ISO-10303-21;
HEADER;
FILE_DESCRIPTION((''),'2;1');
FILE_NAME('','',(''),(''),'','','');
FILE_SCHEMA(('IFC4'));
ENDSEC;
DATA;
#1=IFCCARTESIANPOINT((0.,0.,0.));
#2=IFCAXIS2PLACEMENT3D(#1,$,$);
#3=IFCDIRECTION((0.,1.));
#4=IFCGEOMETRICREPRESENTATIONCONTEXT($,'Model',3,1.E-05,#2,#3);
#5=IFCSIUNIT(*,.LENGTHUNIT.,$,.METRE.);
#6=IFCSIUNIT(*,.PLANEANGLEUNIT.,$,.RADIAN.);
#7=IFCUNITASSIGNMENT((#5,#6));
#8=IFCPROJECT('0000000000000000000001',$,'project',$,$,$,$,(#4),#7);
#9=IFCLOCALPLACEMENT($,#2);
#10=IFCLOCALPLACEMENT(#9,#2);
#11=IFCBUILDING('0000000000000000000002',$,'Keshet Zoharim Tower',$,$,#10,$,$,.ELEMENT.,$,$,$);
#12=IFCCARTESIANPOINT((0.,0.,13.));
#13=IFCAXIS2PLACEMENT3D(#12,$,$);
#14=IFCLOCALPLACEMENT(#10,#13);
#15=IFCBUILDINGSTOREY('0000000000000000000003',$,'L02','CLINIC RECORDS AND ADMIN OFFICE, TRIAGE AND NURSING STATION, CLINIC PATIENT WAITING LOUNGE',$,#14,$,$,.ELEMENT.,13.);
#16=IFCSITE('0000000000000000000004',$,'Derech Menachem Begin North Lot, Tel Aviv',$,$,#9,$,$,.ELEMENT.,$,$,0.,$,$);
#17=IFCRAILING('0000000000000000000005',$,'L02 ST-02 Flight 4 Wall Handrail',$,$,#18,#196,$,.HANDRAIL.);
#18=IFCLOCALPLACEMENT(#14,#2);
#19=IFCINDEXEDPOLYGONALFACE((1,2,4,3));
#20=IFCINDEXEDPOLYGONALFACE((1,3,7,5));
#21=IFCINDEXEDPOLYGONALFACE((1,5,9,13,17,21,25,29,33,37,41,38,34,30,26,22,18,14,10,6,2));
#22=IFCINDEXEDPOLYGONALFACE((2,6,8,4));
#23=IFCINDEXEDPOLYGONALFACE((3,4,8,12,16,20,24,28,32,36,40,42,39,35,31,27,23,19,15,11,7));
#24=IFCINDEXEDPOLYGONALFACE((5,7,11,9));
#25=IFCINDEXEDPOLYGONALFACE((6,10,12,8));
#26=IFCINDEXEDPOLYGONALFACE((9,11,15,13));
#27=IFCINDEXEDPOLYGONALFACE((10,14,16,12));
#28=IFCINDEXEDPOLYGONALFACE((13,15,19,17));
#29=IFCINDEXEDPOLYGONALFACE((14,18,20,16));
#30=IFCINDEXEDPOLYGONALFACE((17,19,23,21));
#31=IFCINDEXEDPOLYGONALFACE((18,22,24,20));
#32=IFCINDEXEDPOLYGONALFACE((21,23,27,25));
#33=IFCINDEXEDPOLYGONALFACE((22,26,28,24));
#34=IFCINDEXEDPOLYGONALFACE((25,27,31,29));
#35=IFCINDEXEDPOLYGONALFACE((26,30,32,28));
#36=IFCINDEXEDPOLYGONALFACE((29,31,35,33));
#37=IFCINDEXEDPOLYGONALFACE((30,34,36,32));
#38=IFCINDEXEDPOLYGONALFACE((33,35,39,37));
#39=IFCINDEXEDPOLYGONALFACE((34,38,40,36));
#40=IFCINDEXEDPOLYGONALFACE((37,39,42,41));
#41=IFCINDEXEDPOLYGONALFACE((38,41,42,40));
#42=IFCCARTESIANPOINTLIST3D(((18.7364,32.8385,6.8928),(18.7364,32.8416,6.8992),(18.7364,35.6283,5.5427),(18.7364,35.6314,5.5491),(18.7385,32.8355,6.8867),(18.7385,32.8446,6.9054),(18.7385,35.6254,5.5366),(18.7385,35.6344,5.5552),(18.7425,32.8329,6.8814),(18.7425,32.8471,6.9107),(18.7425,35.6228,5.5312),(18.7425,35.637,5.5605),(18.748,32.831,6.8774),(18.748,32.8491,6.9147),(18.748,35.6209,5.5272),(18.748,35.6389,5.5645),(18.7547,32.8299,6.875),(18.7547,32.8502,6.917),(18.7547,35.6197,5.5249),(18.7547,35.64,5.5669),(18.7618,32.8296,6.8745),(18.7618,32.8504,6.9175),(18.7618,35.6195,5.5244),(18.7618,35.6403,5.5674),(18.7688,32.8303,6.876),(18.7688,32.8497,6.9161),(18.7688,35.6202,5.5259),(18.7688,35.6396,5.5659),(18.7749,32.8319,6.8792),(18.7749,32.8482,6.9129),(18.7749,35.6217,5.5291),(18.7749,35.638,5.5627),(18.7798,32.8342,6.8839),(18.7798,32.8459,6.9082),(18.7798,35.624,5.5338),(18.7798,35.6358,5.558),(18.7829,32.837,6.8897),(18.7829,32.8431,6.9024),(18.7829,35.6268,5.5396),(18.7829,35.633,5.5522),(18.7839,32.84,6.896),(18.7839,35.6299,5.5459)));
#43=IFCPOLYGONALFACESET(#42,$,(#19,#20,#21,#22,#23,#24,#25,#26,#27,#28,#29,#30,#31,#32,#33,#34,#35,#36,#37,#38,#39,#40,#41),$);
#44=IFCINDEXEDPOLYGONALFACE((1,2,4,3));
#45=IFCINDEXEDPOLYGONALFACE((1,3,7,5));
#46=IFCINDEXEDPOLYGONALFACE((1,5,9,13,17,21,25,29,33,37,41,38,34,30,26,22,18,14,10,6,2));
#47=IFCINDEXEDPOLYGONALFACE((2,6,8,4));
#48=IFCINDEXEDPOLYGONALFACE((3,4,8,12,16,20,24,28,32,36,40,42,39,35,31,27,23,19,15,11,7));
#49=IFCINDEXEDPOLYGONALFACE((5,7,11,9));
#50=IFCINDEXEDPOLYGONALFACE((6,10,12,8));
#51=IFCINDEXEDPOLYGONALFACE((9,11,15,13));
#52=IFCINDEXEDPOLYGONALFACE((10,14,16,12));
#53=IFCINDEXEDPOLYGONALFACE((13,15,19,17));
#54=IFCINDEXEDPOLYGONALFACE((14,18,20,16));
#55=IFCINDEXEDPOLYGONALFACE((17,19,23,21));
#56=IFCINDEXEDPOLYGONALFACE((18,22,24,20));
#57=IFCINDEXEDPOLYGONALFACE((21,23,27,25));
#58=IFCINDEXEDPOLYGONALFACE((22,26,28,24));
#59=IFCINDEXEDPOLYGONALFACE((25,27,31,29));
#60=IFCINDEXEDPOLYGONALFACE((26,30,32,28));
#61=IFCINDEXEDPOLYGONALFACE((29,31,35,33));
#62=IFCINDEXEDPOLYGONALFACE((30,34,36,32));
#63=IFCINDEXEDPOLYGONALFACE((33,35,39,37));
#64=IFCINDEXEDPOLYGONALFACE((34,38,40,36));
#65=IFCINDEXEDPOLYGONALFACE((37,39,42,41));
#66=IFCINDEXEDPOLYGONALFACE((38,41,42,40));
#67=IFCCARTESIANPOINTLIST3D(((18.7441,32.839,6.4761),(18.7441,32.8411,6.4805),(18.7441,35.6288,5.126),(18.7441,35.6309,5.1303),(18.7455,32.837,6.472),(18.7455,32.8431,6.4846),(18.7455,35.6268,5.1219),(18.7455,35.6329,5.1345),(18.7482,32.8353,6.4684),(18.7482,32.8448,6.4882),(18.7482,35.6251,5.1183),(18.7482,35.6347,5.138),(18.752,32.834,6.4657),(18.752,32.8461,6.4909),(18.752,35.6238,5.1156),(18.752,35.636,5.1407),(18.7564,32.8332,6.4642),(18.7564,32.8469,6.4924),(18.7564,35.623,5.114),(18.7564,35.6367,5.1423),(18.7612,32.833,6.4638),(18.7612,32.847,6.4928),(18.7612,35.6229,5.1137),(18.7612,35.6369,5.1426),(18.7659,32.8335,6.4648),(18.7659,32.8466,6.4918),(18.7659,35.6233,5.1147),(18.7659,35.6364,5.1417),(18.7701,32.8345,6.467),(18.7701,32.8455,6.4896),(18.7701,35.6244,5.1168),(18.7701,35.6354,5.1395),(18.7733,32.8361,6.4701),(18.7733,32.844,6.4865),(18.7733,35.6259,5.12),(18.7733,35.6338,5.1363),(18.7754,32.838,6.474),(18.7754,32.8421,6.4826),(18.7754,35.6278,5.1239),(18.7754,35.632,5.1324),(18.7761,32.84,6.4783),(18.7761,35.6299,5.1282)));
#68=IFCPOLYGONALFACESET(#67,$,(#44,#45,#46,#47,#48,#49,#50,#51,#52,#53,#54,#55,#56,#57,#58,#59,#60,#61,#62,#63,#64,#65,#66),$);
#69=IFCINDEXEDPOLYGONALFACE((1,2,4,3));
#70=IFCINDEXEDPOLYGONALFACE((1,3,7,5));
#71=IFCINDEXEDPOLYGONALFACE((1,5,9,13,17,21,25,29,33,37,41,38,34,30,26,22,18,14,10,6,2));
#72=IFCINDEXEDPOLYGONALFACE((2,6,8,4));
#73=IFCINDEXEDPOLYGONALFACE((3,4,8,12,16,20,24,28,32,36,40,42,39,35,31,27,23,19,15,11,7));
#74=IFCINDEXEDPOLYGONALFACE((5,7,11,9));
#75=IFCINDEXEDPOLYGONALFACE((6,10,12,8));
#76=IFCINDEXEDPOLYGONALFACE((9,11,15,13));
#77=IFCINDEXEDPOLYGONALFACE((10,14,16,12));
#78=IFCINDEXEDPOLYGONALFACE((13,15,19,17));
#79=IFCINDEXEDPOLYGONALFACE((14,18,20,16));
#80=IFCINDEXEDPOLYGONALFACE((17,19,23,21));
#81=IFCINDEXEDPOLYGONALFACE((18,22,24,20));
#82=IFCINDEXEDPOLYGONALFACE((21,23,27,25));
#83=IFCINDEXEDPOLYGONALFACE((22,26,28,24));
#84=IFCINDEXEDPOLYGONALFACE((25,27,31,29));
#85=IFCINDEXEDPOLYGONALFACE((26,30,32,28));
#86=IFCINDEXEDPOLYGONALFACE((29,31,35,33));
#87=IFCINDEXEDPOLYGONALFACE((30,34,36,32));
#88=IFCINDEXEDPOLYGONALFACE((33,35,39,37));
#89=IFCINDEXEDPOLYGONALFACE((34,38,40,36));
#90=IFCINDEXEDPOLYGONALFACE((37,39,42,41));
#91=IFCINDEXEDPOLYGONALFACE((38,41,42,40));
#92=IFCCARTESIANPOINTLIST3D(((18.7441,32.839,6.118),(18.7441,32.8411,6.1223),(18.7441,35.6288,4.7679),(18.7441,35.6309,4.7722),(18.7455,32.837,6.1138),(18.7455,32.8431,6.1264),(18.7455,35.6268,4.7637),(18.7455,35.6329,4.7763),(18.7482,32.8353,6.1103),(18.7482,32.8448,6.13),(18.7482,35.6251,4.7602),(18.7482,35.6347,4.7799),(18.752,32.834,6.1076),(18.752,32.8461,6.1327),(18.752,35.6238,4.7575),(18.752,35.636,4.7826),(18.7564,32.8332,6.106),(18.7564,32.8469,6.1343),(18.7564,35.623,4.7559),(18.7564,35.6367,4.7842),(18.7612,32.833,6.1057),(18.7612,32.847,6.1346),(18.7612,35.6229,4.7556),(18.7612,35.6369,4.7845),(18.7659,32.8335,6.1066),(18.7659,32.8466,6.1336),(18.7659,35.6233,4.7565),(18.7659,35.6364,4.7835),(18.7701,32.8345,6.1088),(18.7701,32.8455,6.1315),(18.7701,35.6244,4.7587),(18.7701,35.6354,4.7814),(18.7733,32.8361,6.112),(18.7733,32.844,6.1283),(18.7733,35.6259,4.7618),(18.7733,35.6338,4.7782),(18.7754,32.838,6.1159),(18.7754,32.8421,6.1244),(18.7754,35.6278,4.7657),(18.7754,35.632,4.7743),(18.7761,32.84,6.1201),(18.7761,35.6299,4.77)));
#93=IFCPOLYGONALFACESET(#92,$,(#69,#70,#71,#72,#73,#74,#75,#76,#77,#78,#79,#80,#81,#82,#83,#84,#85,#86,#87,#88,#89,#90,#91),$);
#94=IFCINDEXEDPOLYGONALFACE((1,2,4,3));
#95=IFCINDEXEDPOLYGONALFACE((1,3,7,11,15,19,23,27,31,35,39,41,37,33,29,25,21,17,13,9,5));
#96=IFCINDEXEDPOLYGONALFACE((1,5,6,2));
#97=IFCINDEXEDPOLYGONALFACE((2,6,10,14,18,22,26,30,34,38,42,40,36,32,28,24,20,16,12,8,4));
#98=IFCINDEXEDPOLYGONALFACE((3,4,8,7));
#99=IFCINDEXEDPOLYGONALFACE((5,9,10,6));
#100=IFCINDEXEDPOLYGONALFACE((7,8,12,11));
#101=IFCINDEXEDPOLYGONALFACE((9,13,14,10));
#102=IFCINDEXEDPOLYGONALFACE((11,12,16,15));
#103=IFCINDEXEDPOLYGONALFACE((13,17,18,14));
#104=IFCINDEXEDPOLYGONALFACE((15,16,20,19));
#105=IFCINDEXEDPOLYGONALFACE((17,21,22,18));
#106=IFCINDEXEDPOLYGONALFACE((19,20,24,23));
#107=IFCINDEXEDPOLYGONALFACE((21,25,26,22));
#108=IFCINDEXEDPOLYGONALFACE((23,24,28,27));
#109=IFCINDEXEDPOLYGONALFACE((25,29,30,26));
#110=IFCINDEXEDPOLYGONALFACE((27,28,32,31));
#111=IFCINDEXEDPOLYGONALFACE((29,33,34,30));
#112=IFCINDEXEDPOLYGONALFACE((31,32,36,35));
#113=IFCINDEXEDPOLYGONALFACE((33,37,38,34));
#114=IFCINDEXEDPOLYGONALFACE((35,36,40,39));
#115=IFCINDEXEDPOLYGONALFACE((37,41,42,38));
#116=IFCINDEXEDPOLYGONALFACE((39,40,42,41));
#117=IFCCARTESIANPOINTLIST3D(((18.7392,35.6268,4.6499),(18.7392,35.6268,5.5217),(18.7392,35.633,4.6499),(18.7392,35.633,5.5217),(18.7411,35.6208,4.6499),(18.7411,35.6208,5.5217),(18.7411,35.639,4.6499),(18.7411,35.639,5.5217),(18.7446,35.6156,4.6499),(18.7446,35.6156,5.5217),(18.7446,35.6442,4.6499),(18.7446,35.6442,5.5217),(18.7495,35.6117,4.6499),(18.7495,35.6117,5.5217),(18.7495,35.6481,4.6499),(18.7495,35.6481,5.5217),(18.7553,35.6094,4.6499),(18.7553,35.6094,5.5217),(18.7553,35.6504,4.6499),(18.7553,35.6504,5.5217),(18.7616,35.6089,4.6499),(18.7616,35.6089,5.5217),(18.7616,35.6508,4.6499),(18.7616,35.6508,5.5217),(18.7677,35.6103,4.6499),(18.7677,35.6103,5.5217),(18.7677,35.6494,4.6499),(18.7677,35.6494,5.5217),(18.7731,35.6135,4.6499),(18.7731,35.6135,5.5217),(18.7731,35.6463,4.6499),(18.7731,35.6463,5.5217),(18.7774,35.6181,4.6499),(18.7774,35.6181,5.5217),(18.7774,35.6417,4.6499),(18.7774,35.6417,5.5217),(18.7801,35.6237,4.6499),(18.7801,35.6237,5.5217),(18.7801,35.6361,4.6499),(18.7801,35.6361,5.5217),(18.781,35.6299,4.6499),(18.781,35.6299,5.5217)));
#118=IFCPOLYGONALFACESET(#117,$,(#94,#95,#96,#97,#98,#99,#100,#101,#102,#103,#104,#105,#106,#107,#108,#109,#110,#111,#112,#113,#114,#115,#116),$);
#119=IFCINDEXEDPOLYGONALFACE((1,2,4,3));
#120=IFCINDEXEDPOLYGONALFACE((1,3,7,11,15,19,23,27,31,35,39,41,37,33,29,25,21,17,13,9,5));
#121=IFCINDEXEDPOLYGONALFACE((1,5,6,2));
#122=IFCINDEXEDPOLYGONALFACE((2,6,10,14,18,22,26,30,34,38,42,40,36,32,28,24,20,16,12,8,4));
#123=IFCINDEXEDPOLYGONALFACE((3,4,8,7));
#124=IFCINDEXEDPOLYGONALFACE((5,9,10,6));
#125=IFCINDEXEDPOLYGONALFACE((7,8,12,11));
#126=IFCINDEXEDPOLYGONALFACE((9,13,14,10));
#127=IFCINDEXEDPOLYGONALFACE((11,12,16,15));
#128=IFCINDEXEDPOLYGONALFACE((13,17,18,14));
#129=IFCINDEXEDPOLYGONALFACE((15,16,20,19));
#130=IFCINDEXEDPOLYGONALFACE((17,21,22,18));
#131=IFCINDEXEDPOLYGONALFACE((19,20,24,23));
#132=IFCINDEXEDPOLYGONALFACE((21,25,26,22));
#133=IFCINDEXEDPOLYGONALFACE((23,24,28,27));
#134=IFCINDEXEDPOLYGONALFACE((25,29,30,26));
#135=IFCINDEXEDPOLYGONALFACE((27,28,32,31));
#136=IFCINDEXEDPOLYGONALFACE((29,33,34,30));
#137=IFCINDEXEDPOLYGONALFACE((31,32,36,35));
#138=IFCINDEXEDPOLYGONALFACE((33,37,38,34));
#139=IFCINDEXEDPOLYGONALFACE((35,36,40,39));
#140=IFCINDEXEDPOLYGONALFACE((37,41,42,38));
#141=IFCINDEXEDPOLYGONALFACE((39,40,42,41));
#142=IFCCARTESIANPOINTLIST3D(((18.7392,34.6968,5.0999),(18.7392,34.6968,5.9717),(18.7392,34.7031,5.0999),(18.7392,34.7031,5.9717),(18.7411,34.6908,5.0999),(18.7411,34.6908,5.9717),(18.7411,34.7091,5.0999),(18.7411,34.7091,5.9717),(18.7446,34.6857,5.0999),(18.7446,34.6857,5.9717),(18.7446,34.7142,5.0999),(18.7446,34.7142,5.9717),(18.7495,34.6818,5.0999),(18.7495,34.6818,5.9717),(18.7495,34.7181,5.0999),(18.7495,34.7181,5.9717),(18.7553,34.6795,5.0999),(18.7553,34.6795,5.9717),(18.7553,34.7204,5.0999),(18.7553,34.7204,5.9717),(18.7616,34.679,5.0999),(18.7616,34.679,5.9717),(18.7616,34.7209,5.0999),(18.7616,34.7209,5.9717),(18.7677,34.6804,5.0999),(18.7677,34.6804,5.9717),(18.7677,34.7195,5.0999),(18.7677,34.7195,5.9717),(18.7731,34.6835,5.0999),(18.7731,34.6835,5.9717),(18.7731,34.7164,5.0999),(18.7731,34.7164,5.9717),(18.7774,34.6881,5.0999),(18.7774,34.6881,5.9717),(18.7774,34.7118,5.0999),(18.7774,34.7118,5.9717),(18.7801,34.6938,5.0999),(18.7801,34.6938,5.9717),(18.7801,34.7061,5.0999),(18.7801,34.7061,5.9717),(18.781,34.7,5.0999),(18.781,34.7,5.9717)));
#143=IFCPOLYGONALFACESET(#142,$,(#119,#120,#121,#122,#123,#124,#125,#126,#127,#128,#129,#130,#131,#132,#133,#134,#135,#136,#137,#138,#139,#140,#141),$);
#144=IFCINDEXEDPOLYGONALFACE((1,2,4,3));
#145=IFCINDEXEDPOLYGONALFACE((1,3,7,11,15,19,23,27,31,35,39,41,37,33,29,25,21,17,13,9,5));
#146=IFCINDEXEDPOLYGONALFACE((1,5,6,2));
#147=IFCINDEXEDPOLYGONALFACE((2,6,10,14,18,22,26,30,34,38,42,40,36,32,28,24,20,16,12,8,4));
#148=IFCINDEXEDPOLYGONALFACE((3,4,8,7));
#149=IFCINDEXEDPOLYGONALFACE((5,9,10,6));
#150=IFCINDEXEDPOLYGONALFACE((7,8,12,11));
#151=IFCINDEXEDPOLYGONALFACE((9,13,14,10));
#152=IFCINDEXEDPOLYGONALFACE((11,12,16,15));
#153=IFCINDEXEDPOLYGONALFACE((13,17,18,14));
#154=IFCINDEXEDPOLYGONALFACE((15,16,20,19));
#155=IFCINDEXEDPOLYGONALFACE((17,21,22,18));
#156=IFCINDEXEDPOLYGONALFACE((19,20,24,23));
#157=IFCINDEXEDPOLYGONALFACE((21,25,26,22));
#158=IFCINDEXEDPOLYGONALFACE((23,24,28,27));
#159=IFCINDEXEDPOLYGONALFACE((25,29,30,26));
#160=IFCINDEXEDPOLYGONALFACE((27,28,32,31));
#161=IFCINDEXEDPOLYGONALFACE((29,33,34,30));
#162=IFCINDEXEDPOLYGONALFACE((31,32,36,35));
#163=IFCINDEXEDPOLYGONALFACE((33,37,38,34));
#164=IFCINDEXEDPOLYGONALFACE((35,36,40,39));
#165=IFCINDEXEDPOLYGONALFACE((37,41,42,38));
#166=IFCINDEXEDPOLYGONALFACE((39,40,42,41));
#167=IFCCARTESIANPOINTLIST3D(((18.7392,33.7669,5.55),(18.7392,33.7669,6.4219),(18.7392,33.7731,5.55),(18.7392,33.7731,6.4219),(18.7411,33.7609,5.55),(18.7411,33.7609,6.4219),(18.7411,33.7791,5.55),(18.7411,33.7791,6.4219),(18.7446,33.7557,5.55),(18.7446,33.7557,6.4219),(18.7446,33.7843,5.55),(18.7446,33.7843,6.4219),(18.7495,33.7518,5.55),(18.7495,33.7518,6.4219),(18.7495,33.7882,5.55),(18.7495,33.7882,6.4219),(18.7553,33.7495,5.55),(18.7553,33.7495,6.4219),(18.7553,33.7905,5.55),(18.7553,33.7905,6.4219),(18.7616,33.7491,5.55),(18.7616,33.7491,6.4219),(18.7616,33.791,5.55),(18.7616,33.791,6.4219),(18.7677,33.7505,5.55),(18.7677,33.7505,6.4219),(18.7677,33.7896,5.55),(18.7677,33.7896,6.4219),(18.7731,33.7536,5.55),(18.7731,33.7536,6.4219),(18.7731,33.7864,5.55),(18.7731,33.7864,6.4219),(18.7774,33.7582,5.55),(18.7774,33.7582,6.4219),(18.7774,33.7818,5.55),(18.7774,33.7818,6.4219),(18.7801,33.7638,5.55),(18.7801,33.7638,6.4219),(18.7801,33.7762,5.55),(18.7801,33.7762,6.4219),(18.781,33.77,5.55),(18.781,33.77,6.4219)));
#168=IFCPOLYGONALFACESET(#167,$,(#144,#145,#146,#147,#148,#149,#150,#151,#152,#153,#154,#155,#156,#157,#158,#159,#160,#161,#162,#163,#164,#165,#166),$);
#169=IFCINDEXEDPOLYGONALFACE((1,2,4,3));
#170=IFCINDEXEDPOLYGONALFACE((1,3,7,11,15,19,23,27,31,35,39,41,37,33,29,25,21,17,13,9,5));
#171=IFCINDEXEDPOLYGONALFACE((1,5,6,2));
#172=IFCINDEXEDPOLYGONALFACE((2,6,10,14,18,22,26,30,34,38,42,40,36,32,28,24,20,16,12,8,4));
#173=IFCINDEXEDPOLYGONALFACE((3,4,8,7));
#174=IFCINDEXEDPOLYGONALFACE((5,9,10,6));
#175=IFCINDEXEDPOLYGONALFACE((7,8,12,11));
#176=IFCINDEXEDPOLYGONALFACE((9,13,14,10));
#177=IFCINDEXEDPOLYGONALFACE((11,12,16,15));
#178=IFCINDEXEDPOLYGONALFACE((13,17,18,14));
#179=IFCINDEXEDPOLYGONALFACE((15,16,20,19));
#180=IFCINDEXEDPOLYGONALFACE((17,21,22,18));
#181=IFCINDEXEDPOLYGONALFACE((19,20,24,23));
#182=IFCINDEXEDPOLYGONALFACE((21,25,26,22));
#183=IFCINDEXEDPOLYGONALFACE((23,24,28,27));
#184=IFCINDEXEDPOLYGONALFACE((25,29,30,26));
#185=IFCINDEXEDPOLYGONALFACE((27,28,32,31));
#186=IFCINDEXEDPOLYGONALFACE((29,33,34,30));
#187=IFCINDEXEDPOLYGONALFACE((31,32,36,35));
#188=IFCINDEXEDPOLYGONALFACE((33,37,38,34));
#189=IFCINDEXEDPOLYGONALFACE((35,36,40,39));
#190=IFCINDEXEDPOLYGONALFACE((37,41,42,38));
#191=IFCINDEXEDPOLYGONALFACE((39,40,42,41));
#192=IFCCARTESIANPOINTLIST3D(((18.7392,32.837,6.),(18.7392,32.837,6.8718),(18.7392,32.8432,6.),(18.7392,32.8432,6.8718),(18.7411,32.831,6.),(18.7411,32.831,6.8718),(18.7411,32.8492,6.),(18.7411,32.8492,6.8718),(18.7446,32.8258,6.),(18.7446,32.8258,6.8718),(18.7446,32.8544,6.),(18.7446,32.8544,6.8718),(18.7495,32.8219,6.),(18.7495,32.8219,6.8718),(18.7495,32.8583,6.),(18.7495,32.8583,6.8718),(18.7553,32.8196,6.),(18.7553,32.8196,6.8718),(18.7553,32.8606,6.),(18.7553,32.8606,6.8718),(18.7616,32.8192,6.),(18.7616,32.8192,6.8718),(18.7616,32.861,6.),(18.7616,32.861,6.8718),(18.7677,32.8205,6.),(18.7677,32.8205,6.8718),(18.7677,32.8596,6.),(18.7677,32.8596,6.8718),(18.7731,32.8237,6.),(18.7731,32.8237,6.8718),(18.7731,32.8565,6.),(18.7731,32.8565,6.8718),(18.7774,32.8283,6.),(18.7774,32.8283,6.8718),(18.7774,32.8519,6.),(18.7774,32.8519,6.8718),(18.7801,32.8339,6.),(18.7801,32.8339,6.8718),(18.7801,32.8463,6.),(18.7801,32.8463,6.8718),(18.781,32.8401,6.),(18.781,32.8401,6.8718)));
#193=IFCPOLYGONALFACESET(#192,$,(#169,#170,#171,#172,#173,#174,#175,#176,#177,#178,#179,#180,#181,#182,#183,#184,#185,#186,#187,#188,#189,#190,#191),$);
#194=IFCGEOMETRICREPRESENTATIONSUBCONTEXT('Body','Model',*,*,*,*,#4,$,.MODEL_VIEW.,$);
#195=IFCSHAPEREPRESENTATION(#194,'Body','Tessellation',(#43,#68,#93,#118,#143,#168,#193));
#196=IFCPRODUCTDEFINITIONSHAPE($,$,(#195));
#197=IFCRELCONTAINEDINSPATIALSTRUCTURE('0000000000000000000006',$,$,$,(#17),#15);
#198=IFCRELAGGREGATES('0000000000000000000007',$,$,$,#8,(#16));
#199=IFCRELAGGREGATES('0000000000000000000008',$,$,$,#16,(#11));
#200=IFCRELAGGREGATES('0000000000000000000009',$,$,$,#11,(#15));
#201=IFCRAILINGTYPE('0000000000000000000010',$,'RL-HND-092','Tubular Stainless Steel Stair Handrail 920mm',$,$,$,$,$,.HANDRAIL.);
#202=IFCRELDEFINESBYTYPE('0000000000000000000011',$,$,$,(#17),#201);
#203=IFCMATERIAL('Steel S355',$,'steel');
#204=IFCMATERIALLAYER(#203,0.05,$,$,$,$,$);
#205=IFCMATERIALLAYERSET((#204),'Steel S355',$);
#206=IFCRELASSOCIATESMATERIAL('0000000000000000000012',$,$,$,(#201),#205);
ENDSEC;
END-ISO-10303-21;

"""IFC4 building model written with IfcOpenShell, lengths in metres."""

from ifc_helpers import new_model, si_unit, direction, frame, origin, origin_2d, place, context, subcontext, project, spatial, circle, extrude, material, layer, layer_set, type_object, element, save


model = new_model("IFC4")

# Units and contexts
model_context = context("Model", 3, precision=1e-05, world=origin(), true_north=direction((0.0, 1.0)))
body_context = subcontext(model_context, "Body", "Model", "MODEL_VIEW")
ifc_project = project(units=[si_unit("LENGTHUNIT", "METRE"), si_unit("PLANEANGLEUNIT", "RADIAN")], contexts=[model_context])

# Site, building, storey
site_placement = place(None, origin())
site = spatial("IfcSite", under=ifc_project, at=site_placement, Name="Derech Menachem Begin North Lot, Tel Aviv", CompositionType="ELEMENT", RefElevation=0.0)
building_placement = place(site_placement, origin())
building = spatial("IfcBuilding", under=site, at=building_placement, Name="Keshet Zoharim Tower", CompositionType="ELEMENT")
storey_placement = place(building_placement, frame((0.0, 0.0, 13.0)))
storey = spatial("IfcBuildingStorey", under=building, at=storey_placement, Name="L02", Description="CLINIC RECORDS AND ADMIN OFFICE, TRIAGE AND NURSING STATION, CLINIC PATIENT WAITING LOUNGE", CompositionType="ELEMENT", Elevation=13.0)

# Shared definitions
ifc_material_1 = material(Name="Steel S355", Category="steel")

# Railing
ifc_layer_1 = layer(ifc_material_1, 0.05)
ifc_layer_set_1 = layer_set([ifc_layer_1], Name="Steel S355")
railing_type = type_object("IfcRailingType", Name="RL-HND-092", Description="Tubular Stainless Steel Stair Handrail 920mm", PredefinedType="HANDRAIL", material=ifc_layer_set_1)
for number, where, name in (
    (1, (18.76, 35.6299, 4.6499), "L02 ST-02 Flight 4 Wall Handrail"),
):
    element("IfcRailing", number, at=place(storey_placement, frame(where)), inside=storey, type_object=railing_type, Name=name, PredefinedType="HANDRAIL", context=body_context, shape_type="SweptSolid", body=[
        extrude(circle(Radius=0.0239, at=origin_2d()), frame((0.0, 0.0, 0.896), z_axis=(0.0, -0.900134, 0.435612), x_axis=(1.0, 0.0, 0.0)), (0.0, 0.0, 1.0), 3.0994),
        extrude(circle(Radius=0.0161, at=origin_2d()), frame((0.0, 0.0, 0.4783), z_axis=(0.0, -0.900134, 0.435612), x_axis=(1.0, 0.0, 0.0)), (0.0, 0.0, 1.0), 3.0994),
        extrude(circle(Radius=0.0161, at=origin_2d()), frame((0.0, 0.0, 0.1201), z_axis=(0.0, -0.900134, 0.435612), x_axis=(1.0, 0.0, 0.0)), (0.0, 0.0, 1.0), 3.0994),
        extrude(circle(Radius=0.021, at=origin_2d()), origin(), (0.0, 0.0, 1.0), 0.8718),
        extrude(circle(Radius=0.021, at=origin_2d()), frame((0.0, -0.9299, 0.45)), (0.0, 0.0, 1.0), 0.8718),
        extrude(circle(Radius=0.021, at=origin_2d()), frame((0.0, -1.8599, 0.9001)), (0.0, 0.0, 1.0), 0.8718),
        extrude(circle(Radius=0.021, at=origin_2d()), frame((0.0, -2.7898, 1.3501)), (0.0, 0.0, 1.0), 0.8718),
    ])

save(model, "model.ifc")
